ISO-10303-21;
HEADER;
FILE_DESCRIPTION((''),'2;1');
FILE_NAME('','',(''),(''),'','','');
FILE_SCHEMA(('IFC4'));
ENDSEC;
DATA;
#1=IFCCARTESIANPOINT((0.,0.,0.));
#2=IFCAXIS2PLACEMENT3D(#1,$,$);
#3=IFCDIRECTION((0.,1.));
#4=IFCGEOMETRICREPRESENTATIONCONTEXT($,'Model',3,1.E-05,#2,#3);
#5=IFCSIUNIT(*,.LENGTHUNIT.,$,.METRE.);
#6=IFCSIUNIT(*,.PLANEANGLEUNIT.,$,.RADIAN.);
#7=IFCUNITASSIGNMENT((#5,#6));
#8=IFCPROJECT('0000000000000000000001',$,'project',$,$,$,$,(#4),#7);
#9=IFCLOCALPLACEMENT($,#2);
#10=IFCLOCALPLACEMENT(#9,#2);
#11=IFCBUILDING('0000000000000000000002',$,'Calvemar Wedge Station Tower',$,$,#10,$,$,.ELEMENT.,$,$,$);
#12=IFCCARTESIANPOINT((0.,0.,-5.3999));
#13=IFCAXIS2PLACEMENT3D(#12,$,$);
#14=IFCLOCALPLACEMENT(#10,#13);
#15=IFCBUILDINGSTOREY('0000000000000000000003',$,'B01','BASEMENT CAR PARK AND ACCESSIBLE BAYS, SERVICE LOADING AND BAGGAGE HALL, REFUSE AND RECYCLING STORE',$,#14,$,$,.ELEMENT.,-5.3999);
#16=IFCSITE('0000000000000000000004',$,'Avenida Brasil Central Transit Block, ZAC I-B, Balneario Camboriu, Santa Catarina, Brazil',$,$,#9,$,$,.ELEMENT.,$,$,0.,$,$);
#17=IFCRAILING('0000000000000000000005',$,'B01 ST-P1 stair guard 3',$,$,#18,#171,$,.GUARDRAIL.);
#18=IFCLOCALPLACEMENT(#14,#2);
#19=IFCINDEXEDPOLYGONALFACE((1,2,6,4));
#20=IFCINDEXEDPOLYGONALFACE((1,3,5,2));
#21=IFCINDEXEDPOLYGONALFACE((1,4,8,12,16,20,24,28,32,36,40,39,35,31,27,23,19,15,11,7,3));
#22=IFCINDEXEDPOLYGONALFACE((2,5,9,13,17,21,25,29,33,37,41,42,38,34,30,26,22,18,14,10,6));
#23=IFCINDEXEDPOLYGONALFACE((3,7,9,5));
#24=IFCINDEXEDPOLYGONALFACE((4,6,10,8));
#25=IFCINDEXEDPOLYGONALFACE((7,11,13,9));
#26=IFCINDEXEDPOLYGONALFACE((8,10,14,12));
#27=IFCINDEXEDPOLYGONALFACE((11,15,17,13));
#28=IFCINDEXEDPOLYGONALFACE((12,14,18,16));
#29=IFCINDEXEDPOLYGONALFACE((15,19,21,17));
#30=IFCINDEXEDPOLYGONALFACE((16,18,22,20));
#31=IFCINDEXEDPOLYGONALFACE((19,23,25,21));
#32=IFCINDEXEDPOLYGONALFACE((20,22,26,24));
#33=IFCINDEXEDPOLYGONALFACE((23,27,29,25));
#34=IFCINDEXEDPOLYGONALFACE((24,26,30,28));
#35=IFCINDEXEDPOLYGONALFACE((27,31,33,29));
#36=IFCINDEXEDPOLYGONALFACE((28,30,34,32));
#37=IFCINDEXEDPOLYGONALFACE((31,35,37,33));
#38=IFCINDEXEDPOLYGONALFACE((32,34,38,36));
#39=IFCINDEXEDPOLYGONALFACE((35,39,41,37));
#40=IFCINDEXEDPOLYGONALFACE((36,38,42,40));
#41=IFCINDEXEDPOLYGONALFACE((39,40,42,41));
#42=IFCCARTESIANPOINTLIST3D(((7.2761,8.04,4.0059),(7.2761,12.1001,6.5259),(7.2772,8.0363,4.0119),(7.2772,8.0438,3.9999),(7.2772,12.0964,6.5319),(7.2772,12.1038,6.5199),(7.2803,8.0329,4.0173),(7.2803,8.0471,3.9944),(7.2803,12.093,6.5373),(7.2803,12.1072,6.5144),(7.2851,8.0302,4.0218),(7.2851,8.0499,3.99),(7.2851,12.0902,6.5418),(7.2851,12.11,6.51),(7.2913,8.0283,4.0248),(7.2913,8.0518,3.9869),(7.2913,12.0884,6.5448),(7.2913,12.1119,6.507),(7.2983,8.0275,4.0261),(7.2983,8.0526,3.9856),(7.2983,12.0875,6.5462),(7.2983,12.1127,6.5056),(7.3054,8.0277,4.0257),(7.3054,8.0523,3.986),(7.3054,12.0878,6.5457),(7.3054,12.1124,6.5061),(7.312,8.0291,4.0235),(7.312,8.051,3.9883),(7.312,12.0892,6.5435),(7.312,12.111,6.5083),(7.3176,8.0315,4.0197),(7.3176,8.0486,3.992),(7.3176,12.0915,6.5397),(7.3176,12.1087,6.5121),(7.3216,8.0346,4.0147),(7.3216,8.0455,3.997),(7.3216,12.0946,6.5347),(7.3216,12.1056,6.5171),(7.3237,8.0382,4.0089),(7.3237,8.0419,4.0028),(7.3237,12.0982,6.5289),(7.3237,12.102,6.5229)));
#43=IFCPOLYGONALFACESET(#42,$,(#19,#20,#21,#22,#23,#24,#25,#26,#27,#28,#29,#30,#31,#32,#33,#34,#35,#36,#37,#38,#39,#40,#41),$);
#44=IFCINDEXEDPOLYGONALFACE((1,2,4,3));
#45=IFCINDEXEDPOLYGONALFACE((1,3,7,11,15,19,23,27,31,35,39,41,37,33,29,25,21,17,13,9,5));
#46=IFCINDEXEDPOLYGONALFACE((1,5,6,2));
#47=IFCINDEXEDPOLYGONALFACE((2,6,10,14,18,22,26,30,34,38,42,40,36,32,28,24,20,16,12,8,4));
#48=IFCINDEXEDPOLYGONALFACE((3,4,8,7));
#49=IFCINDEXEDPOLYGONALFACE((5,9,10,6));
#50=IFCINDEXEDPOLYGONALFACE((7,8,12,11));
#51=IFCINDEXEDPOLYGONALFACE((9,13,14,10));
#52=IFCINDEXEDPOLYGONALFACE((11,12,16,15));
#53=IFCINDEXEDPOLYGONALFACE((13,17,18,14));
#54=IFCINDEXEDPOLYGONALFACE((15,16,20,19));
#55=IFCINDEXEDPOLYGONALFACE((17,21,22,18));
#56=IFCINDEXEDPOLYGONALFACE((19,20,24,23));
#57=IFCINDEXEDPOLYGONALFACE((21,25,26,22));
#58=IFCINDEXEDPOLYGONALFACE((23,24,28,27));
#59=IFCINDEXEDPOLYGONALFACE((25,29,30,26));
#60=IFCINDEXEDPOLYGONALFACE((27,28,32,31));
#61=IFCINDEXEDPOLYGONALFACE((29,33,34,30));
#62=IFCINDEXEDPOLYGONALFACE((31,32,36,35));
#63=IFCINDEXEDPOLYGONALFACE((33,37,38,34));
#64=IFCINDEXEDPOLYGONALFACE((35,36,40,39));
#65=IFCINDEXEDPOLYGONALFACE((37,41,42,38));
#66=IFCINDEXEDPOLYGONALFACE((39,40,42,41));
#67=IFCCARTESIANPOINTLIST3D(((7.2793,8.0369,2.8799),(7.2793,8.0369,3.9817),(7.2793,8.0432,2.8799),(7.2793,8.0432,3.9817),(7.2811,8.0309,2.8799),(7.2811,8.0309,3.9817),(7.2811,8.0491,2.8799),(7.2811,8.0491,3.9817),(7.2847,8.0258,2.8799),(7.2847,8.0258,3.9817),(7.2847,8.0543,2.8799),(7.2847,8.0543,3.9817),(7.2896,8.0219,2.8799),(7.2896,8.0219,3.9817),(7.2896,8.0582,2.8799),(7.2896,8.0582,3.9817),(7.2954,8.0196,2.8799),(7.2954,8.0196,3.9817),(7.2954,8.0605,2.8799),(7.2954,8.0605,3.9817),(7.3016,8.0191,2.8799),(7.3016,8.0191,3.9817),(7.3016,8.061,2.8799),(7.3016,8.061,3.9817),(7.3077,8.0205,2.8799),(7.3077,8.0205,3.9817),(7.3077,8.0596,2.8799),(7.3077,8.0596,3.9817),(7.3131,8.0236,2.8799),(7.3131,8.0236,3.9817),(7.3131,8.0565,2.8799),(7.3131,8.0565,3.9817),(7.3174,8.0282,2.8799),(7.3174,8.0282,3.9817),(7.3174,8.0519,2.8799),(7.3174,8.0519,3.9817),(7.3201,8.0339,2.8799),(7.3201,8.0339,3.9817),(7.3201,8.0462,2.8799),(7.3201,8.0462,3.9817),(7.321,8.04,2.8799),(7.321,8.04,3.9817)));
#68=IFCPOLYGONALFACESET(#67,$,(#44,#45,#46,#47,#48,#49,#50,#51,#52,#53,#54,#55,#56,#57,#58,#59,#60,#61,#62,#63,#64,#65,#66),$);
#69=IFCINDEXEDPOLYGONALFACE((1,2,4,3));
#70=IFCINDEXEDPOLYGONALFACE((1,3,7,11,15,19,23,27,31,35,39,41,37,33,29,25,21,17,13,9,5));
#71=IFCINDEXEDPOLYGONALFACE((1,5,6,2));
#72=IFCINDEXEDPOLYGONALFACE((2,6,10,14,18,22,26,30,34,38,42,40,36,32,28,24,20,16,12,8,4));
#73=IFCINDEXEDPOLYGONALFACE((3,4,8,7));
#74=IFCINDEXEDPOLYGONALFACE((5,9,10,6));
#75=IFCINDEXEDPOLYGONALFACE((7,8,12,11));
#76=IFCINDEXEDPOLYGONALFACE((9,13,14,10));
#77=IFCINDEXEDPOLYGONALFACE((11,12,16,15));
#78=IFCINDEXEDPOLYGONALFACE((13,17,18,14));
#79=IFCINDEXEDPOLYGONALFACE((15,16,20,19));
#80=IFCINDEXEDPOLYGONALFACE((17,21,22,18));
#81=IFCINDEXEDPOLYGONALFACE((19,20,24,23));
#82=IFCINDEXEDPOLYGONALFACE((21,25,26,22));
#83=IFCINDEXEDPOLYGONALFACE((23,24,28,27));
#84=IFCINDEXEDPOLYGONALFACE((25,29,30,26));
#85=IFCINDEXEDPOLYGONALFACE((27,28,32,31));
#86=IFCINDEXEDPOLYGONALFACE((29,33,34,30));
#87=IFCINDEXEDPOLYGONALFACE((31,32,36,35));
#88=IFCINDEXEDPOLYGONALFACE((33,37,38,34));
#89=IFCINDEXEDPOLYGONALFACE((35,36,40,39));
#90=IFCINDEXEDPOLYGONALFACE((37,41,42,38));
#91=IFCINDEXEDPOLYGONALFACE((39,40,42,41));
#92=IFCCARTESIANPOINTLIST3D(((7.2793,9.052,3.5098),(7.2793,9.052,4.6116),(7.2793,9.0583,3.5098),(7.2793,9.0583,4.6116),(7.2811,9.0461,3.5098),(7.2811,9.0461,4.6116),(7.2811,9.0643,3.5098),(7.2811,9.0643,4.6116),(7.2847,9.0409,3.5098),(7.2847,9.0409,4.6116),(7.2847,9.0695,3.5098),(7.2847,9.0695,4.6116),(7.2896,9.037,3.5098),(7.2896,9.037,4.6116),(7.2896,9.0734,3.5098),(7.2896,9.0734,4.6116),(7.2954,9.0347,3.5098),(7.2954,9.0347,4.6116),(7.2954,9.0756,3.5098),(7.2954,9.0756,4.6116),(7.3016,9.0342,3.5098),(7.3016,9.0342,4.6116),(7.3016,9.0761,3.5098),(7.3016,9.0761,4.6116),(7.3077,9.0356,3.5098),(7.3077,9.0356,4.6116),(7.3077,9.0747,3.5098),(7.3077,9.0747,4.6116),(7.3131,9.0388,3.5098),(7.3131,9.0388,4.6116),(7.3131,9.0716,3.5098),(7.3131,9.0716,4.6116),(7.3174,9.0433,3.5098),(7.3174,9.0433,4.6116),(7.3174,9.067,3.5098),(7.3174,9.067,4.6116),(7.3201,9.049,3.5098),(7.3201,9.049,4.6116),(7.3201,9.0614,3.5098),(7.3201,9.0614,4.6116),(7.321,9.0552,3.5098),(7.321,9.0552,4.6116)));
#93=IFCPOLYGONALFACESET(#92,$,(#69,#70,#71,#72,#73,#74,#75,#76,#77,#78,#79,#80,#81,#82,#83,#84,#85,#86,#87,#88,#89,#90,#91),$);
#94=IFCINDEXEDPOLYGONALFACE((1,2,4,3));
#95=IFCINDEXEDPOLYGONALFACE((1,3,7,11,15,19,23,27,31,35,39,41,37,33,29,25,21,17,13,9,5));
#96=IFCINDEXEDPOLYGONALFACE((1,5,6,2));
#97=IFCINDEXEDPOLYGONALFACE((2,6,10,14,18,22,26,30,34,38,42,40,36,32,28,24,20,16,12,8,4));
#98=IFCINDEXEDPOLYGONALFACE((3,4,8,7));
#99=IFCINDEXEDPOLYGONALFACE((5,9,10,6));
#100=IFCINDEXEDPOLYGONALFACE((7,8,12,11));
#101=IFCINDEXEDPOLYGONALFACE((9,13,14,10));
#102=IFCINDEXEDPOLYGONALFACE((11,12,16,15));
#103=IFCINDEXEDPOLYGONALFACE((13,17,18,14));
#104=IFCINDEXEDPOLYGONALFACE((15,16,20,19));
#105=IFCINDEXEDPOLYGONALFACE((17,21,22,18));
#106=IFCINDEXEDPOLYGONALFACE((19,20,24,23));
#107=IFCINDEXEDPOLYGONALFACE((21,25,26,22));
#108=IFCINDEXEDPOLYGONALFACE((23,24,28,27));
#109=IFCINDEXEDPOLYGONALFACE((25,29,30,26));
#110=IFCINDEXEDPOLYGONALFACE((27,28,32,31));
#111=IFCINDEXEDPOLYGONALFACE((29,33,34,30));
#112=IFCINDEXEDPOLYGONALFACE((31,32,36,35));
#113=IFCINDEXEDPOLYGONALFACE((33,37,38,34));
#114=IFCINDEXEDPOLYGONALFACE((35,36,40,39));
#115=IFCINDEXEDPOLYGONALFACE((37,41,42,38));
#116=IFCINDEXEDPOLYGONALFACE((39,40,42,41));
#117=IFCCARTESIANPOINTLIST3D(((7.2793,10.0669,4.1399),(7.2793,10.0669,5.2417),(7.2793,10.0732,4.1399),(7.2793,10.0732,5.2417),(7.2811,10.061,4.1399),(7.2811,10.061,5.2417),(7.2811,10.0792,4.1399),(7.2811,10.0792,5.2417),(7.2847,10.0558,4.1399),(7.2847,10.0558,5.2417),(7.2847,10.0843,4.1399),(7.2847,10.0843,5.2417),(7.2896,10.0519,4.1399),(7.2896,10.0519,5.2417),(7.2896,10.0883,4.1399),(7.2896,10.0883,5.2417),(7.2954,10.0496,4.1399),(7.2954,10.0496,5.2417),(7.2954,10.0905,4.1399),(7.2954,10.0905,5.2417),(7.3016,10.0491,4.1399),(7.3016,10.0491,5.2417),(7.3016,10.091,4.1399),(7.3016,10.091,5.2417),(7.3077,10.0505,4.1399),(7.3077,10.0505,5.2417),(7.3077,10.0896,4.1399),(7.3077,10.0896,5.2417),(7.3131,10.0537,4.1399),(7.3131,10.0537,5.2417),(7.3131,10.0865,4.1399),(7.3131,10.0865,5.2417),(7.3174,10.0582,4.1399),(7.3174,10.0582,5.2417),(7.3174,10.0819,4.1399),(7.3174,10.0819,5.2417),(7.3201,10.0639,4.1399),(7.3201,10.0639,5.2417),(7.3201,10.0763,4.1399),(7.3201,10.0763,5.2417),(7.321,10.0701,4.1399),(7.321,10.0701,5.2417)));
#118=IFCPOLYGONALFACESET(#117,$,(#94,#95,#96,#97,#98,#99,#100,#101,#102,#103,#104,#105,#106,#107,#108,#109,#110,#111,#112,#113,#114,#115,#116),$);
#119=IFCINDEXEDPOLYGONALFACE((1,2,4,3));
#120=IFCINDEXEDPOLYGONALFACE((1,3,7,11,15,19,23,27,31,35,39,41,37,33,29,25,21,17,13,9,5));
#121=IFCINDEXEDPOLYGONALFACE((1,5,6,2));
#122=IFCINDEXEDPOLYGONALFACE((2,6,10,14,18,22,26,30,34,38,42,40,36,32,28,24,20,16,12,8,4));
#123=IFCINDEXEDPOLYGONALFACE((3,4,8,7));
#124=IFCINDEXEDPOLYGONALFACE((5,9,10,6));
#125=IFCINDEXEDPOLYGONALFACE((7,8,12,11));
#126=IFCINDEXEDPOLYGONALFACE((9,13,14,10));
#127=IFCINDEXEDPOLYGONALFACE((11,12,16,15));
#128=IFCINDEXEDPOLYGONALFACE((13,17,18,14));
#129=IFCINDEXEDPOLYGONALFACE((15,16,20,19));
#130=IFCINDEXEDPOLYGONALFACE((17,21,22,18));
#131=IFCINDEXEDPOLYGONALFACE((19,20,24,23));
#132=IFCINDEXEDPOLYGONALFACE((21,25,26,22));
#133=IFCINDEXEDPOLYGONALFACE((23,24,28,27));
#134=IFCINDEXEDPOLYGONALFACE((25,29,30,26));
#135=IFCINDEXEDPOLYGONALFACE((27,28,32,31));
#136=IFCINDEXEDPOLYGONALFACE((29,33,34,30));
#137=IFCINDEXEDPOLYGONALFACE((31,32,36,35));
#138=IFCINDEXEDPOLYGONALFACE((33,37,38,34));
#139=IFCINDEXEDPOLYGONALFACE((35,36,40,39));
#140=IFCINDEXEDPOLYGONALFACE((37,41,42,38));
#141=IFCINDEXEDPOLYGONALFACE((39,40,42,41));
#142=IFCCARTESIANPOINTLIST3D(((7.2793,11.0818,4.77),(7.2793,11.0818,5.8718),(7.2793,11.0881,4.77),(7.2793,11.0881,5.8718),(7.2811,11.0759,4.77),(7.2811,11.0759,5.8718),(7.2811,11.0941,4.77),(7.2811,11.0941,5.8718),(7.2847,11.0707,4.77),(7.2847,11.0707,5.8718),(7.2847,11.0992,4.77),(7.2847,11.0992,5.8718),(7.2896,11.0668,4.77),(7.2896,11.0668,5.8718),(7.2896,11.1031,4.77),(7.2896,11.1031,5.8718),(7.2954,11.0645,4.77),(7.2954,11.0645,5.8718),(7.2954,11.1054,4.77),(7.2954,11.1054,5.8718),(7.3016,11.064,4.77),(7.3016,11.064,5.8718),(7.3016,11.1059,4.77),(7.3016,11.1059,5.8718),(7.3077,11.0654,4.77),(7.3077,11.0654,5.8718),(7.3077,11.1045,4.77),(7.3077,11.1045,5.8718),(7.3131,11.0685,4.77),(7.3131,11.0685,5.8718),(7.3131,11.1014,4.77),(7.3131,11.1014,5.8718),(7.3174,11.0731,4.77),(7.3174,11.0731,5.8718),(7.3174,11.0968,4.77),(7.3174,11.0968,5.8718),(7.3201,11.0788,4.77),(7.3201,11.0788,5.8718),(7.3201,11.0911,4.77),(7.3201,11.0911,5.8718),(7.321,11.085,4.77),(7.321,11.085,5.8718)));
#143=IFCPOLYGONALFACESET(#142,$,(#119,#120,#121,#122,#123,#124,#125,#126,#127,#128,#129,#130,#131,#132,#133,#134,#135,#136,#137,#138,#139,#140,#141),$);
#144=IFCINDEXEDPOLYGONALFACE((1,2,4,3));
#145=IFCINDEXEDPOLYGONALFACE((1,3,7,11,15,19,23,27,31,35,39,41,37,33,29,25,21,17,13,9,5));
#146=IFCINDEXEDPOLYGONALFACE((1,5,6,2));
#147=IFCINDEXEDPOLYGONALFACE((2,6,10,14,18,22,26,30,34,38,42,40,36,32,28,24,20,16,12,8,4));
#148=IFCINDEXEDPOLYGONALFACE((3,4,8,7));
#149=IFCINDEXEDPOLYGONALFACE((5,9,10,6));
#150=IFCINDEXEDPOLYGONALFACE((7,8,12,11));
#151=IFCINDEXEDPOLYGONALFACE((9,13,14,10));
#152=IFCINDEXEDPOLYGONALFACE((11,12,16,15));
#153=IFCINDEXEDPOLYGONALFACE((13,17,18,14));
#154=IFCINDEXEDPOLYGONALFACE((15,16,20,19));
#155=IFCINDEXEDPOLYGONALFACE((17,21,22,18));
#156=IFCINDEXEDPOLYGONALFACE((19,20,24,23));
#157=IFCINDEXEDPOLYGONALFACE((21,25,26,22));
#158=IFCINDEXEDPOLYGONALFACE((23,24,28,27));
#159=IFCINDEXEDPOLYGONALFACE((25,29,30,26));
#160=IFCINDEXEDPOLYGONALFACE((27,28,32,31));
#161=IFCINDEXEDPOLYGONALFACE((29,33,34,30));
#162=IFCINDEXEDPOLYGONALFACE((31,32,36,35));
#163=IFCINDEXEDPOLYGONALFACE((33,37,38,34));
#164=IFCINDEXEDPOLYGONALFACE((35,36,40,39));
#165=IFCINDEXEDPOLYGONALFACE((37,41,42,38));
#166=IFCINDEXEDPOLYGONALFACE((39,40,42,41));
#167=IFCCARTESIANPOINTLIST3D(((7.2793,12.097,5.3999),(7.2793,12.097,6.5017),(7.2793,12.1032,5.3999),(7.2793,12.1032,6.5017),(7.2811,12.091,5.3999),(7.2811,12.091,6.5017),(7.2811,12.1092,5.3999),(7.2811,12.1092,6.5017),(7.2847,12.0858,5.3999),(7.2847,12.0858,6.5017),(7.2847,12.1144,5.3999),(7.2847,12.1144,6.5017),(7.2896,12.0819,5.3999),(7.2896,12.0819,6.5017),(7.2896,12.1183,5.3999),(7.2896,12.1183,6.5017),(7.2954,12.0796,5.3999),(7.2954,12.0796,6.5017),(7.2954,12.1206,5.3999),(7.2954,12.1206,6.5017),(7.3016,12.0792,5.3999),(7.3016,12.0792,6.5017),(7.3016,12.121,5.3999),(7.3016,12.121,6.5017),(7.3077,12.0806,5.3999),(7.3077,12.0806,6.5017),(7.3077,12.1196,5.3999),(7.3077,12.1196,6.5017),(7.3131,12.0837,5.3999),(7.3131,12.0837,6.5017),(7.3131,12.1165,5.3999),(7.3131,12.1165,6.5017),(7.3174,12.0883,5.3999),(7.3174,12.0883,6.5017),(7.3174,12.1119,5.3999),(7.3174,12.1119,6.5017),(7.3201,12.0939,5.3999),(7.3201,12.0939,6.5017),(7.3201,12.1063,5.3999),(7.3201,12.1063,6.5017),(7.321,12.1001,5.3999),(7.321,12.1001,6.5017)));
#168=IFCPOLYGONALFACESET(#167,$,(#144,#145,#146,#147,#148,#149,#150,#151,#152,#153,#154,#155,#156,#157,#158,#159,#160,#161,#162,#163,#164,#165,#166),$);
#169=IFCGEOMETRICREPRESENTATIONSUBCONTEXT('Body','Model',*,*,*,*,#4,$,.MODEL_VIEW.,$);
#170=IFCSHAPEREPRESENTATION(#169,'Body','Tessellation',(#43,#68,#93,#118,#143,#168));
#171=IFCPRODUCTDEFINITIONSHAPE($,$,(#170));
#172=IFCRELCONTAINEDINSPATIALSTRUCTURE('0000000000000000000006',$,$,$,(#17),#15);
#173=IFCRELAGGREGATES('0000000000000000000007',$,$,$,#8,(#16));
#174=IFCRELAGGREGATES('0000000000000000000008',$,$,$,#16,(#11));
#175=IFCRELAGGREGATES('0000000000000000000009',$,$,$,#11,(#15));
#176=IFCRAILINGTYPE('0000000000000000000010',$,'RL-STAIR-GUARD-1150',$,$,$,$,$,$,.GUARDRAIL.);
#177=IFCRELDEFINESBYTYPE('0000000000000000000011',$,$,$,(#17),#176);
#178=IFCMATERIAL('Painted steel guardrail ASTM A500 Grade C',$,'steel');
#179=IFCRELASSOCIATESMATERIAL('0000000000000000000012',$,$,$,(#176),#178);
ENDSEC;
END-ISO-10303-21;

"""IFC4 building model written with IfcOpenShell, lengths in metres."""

from ifc_helpers import new_model, si_unit, direction, frame, origin, origin_2d, place, context, subcontext, project, spatial, circle, extrude, material, type_object, element, save


model = new_model("IFC4")

# Units and contexts
model_context = context("Model", 3, precision=1e-05, world=origin(), true_north=direction((0.0, 1.0)))
body_context = subcontext(model_context, "Body", "Model", "MODEL_VIEW")
ifc_project = project(units=[si_unit("LENGTHUNIT", "METRE"), si_unit("PLANEANGLEUNIT", "RADIAN")], contexts=[model_context])

# Site, building, storey
site_placement = place(None, origin())
site = spatial("IfcSite", under=ifc_project, at=site_placement, Name="Avenida Brasil Central Transit Block, ZAC I-B, Balneario Camboriu, Santa Catarina, Brazil", CompositionType="ELEMENT", RefElevation=0.0)
building_placement = place(site_placement, origin())
building = spatial("IfcBuilding", under=site, at=building_placement, Name="Calvemar Wedge Station Tower", CompositionType="ELEMENT")
storey_placement = place(building_placement, frame((0.0, 0.0, -5.3999)))
storey = spatial("IfcBuildingStorey", under=building, at=storey_placement, Name="B01", Description="BASEMENT CAR PARK AND ACCESSIBLE BAYS, SERVICE LOADING AND BAGGAGE HALL, REFUSE AND RECYCLING STORE", CompositionType="ELEMENT", Elevation=-5.3999)

# Railing
ifc_material_1 = material(Name="Painted steel guardrail ASTM A500 Grade C", Category="steel")
railing_type_1 = type_object("IfcRailingType", Name="RL-STAIR-GUARD-1150", PredefinedType="GUARDRAIL", material=ifc_material_1)
railing_1_placement = place(storey_placement, frame((7.3, 8.04, 2.8799)))
element("IfcRailing", 1, at=railing_1_placement, inside=storey, type_object=railing_type_1, Name="B01 ST-P1 stair guard 3", PredefinedType="GUARDRAIL", context=body_context, shape_type="SweptSolid", body=[
    extrude(circle(Radius=0.0239, at=origin_2d()), frame((0.0, 0.0, 1.126), z_axis=(0.0, 0.849642, 0.52736), x_axis=(-1.0, 0.0, 0.0)), (0.0, 0.0, 1.0), 4.7786),
    extrude(circle(Radius=0.021, at=origin_2d()), origin(), (0.0, 0.0, 1.0), 1.1018),
    extrude(circle(Radius=0.021, at=origin_2d()), frame((0.0, 1.0151, 0.6299)), (0.0, 0.0, 1.0), 1.1018),
    extrude(circle(Radius=0.021, at=origin_2d()), frame((0.0, 2.03, 1.26)), (0.0, 0.0, 1.0), 1.1018),
    extrude(circle(Radius=0.021, at=origin_2d()), frame((0.0, 3.0449, 1.8901)), (0.0, 0.0, 1.0), 1.1018),
    extrude(circle(Radius=0.021, at=origin_2d()), frame((0.0, 4.0601, 2.52)), (0.0, 0.0, 1.0), 1.1018),
])

save(model, "model.ifc")
